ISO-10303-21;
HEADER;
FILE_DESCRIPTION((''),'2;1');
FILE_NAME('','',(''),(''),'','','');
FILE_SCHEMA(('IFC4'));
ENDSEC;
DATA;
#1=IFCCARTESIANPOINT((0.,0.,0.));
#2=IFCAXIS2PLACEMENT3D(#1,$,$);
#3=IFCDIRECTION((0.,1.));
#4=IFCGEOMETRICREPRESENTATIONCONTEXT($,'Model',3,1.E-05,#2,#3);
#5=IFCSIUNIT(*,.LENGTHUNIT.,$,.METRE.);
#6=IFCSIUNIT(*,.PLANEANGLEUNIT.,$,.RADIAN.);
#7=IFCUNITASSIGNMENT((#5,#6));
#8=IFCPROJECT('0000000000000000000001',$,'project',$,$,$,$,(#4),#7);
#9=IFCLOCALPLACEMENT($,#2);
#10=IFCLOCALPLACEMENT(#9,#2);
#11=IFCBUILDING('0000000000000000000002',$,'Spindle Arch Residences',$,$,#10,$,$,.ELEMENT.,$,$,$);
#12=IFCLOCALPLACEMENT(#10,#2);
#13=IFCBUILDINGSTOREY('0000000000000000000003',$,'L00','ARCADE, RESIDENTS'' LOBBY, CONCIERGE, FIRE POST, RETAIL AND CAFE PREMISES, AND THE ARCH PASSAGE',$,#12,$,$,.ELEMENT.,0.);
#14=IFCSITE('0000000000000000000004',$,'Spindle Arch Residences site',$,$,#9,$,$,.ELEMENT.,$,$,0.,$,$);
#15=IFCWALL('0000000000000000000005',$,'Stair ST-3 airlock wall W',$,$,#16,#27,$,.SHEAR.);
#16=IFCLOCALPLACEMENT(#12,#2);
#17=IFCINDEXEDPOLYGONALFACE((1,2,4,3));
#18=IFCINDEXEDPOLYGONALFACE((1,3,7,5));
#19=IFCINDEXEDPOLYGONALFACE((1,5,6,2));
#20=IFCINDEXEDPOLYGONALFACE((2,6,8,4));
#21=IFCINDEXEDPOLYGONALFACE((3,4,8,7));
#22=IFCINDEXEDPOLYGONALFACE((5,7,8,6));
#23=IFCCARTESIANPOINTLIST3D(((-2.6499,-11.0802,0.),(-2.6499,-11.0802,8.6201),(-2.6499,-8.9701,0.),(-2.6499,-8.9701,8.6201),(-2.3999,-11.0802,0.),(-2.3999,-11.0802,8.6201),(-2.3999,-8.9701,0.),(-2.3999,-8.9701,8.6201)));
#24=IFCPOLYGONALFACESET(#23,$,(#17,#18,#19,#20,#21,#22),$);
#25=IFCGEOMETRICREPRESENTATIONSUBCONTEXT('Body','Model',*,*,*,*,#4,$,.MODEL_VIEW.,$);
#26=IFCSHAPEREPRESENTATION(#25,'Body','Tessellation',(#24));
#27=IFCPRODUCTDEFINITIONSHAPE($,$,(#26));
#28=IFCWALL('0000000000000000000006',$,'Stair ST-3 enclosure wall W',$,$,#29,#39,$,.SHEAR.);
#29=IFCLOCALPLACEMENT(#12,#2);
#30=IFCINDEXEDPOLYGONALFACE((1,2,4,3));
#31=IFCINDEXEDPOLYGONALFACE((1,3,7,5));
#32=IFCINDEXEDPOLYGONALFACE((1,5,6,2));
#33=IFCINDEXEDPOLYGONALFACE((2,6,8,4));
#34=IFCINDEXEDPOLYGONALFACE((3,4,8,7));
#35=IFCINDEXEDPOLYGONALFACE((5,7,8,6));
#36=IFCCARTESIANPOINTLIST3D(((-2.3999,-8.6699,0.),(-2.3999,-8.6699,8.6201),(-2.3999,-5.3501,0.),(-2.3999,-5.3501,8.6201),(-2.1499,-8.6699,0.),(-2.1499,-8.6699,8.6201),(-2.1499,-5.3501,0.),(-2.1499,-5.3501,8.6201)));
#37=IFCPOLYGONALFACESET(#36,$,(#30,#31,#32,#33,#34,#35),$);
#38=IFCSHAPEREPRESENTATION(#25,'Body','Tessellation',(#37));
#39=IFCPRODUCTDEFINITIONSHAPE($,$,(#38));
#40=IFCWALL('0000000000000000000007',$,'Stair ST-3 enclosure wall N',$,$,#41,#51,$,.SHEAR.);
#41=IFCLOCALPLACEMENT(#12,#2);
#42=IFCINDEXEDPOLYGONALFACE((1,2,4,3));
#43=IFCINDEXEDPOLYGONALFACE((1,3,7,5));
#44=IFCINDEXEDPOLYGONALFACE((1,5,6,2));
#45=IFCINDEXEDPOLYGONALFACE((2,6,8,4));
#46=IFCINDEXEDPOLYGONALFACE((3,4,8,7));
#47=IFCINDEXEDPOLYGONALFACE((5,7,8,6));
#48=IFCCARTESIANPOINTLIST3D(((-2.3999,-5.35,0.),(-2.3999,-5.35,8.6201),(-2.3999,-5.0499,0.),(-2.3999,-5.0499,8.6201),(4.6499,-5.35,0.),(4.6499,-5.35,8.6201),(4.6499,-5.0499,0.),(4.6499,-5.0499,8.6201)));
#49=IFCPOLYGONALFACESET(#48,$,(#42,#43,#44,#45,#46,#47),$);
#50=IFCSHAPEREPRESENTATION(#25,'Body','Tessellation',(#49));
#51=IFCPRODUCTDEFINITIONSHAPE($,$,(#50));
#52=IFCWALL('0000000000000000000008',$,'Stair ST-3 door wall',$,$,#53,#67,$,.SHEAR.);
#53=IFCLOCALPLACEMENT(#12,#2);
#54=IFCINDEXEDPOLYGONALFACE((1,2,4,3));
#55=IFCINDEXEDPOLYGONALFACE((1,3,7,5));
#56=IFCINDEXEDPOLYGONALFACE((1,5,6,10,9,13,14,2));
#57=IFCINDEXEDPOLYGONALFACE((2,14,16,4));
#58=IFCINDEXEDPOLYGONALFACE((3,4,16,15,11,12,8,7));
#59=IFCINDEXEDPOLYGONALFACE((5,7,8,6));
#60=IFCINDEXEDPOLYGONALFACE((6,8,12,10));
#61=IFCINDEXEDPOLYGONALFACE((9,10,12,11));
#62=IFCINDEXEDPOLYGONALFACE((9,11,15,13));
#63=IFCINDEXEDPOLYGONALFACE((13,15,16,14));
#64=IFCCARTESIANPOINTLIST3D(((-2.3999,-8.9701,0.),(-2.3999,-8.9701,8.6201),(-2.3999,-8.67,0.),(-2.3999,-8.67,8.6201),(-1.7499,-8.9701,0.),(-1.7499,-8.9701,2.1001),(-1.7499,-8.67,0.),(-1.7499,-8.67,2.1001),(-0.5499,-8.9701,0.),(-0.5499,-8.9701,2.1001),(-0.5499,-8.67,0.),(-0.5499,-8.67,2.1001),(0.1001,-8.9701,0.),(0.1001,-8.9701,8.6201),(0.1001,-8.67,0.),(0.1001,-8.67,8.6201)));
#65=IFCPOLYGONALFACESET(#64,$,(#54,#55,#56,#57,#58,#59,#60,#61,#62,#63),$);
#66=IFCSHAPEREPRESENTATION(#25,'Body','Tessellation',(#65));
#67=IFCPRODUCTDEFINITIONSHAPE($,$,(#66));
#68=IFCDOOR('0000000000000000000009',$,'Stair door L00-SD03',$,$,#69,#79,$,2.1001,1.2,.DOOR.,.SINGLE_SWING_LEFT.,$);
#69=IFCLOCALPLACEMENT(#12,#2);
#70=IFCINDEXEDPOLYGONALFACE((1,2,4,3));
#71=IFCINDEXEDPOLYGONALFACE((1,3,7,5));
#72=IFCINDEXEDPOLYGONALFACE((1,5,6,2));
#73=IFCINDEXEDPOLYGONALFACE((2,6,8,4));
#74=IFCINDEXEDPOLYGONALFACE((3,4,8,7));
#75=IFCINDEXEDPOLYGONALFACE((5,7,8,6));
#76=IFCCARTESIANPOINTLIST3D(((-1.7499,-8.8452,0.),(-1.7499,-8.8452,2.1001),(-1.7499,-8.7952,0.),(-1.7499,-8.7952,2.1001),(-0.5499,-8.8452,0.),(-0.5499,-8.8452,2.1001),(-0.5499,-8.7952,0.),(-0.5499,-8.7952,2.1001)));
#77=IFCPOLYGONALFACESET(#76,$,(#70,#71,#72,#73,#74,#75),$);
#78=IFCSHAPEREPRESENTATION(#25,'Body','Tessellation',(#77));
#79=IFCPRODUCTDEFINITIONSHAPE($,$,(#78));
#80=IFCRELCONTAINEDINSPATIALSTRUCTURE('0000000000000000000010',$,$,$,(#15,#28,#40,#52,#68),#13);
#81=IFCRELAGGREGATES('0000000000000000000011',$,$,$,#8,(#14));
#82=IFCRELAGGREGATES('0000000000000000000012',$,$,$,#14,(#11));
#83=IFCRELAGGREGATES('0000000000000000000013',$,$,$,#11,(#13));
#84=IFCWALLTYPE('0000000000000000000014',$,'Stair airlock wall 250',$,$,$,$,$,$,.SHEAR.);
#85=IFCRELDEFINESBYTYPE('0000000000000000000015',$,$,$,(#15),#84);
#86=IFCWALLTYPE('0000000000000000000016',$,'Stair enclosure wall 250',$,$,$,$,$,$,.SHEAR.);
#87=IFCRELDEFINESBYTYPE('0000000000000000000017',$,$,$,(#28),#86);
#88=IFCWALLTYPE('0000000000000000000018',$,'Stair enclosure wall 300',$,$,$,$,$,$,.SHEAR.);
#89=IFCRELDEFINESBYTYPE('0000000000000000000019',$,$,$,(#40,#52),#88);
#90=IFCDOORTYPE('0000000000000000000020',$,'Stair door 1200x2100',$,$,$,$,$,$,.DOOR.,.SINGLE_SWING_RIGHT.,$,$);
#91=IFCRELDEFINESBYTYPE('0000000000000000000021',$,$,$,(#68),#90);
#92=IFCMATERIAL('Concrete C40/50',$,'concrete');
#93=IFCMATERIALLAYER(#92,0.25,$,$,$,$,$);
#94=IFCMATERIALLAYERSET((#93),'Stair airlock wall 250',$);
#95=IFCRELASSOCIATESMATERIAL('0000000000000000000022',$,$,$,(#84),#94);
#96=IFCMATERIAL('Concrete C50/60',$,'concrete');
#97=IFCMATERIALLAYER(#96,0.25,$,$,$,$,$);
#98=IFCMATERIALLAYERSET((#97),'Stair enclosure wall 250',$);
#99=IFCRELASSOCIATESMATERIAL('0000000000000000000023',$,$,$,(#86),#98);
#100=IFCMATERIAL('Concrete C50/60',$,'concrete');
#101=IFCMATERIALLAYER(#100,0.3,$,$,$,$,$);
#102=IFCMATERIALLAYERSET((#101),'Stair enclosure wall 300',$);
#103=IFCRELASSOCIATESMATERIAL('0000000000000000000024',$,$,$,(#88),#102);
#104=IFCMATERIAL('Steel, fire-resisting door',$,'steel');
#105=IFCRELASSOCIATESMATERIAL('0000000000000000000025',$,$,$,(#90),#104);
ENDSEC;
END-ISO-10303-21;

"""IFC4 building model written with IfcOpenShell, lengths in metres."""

from ifc_helpers import new_model, si_unit, direction, frame, frame_2d, origin, place, context, subcontext, project, spatial, rectangle, extrude, material, layer, layer_set, type_object, element, fill, save


model = new_model("IFC4")

# Units and contexts
model_context = context("Model", 3, precision=1e-05, world=origin(), true_north=direction((0.0, 1.0)))
body_context = subcontext(model_context, "Body", "Model", "MODEL_VIEW")
ifc_project = project(units=[si_unit("LENGTHUNIT", "METRE"), si_unit("PLANEANGLEUNIT", "RADIAN")], contexts=[model_context])

# Site, building, storey
site_placement = place(None, origin())
site = spatial("IfcSite", under=ifc_project, at=site_placement, Name="Spindle Arch Residences site", CompositionType="ELEMENT", RefElevation=0.0)
building_placement = place(site_placement, origin())
building = spatial("IfcBuilding", under=site, at=building_placement, Name="Spindle Arch Residences", CompositionType="ELEMENT")
storey_placement = place(building_placement, origin())
storey = spatial("IfcBuildingStorey", under=building, at=storey_placement, Name="L00", Description="ARCADE, RESIDENTS' LOBBY, CONCIERGE, FIRE POST, RETAIL AND CAFE PREMISES, AND THE ARCH PASSAGE", CompositionType="ELEMENT", Elevation=0.0)

# Walls
ifc_material_1 = material(Name="Concrete C40/50", Category="concrete")
ifc_layer_1 = layer(ifc_material_1, 0.25)
ifc_layer_set_1 = layer_set([ifc_layer_1], Name="Stair airlock wall 250")
wall_type_1 = type_object("IfcWallType", Name="Stair airlock wall 250", PredefinedType="SHEAR", material=ifc_layer_set_1)
wall_1_placement = place(storey_placement, frame((-2.5249, -8.97, 0.0), z_axis=(0.0, 0.0, 1.0), x_axis=(0.0, -1.0, 0.0)))
element("IfcWall", 1, at=wall_1_placement, inside=storey, type_object=wall_type_1, Name="Stair ST-3 airlock wall W", PredefinedType="SHEAR", context=body_context, shape_type="SweptSolid", body=[
    extrude(rectangle(XDim=2.1101, YDim=0.25, at=frame_2d((1.0552, 0.0))), origin(), (0.0, 0.0, 1.0), 8.6201),
])
ifc_material_2 = material(Name="Concrete C50/60", Category="concrete")
ifc_layer_2 = layer(ifc_material_2, 0.25)
ifc_layer_set_2 = layer_set([ifc_layer_2], Name="Stair enclosure wall 250")
wall_type_2 = type_object("IfcWallType", Name="Stair enclosure wall 250", PredefinedType="SHEAR", material=ifc_layer_set_2)
wall_2_placement = place(storey_placement, frame((-2.2749, -8.6699, 0.0), z_axis=(0.0, 0.0, 1.0), x_axis=(0.0, 1.0, 0.0)))
element("IfcWall", 2, at=wall_2_placement, inside=storey, type_object=wall_type_2, Name="Stair ST-3 enclosure wall W", PredefinedType="SHEAR", context=body_context, shape_type="SweptSolid", body=[
    extrude(rectangle(XDim=3.3198, YDim=0.25, at=frame_2d((1.6599, 0.0))), origin(), (0.0, 0.0, 1.0), 8.6201),
])
ifc_material_3 = material(Name="Concrete C50/60", Category="concrete")
ifc_layer_3 = layer(ifc_material_3, 0.3)
ifc_layer_set_3 = layer_set([ifc_layer_3], Name="Stair enclosure wall 300")
wall_type_3 = type_object("IfcWallType", Name="Stair enclosure wall 300", PredefinedType="SHEAR", material=ifc_layer_set_3)
wall_3_placement = place(storey_placement, frame((-2.3999, -5.2, 0.0), z_axis=(0.0, 0.0, 1.0), x_axis=(1.0, 0.0, 0.0)))
element("IfcWall", 3, at=wall_3_placement, inside=storey, type_object=wall_type_3, Name="Stair ST-3 enclosure wall N", PredefinedType="SHEAR", context=body_context, shape_type="SweptSolid", body=[
    extrude(rectangle(XDim=7.0498, YDim=0.3, at=frame_2d((3.5249, 0.0))), origin(), (0.0, 0.0, 1.0), 8.6201),
])

# Wall, opening, door
wall_4_placement = place(storey_placement, frame((-2.3999, -8.8201, 0.0), z_axis=(0.0, 0.0, 1.0), x_axis=(1.0, 0.0, 0.0)))
wall_4 = element("IfcWall", 4, at=wall_4_placement, inside=storey, type_object=wall_type_3, Name="Stair ST-3 door wall", PredefinedType="SHEAR", context=body_context, shape_type="SweptSolid", body=[
    extrude(rectangle(XDim=2.5, YDim=0.3, at=frame_2d((1.25, 0.0))), origin(), (0.0, 0.0, 1.0), 8.6201),
])
opening_1_placement = place(wall_4_placement, frame((0.6499, 0.0, 0.0)))
opening_1 = element("IfcOpeningElement", 5, at=opening_1_placement, cuts=wall_4, PredefinedType="OPENING", context=body_context, shape_type="SweptSolid", body=[
    extrude(rectangle(XDim=1.2, YDim=2.1001, at=frame_2d((0.6001, 1.05))), frame((0.0, 0.1602, 0.0), z_axis=(0.0, -1.0, 0.0), x_axis=(1.0, 0.0, 0.0)), (0.0, 0.0, 1.0), 0.3201),
])
ifc_material_4 = material(Name="Steel, fire-resisting door", Category="steel")
door_type_1 = type_object("IfcDoorType", Name="Stair door 1200x2100", OperationType="SINGLE_SWING_RIGHT", PredefinedType="DOOR", material=ifc_material_4)
door_1_placement = place(opening_1_placement, origin())
door_1 = element("IfcDoor", 6, at=door_1_placement, inside=storey, type_object=door_type_1, Name="Stair door L00-SD03", OperationType="SINGLE_SWING_LEFT", OverallHeight=2.1001, OverallWidth=1.2, PredefinedType="DOOR", context=body_context, shape_type="SweptSolid", body=[
    extrude(rectangle(XDim=1.2, YDim=2.1001, at=frame_2d((0.6001, 1.05))), frame((0.0, 0.0249, 0.0), z_axis=(0.0, -1.0, 0.0), x_axis=(1.0, 0.0, 0.0)), (0.0, 0.0, 1.0), 0.05),
])
fill(opening_1, door_1)

save(model, "model.ifc")
